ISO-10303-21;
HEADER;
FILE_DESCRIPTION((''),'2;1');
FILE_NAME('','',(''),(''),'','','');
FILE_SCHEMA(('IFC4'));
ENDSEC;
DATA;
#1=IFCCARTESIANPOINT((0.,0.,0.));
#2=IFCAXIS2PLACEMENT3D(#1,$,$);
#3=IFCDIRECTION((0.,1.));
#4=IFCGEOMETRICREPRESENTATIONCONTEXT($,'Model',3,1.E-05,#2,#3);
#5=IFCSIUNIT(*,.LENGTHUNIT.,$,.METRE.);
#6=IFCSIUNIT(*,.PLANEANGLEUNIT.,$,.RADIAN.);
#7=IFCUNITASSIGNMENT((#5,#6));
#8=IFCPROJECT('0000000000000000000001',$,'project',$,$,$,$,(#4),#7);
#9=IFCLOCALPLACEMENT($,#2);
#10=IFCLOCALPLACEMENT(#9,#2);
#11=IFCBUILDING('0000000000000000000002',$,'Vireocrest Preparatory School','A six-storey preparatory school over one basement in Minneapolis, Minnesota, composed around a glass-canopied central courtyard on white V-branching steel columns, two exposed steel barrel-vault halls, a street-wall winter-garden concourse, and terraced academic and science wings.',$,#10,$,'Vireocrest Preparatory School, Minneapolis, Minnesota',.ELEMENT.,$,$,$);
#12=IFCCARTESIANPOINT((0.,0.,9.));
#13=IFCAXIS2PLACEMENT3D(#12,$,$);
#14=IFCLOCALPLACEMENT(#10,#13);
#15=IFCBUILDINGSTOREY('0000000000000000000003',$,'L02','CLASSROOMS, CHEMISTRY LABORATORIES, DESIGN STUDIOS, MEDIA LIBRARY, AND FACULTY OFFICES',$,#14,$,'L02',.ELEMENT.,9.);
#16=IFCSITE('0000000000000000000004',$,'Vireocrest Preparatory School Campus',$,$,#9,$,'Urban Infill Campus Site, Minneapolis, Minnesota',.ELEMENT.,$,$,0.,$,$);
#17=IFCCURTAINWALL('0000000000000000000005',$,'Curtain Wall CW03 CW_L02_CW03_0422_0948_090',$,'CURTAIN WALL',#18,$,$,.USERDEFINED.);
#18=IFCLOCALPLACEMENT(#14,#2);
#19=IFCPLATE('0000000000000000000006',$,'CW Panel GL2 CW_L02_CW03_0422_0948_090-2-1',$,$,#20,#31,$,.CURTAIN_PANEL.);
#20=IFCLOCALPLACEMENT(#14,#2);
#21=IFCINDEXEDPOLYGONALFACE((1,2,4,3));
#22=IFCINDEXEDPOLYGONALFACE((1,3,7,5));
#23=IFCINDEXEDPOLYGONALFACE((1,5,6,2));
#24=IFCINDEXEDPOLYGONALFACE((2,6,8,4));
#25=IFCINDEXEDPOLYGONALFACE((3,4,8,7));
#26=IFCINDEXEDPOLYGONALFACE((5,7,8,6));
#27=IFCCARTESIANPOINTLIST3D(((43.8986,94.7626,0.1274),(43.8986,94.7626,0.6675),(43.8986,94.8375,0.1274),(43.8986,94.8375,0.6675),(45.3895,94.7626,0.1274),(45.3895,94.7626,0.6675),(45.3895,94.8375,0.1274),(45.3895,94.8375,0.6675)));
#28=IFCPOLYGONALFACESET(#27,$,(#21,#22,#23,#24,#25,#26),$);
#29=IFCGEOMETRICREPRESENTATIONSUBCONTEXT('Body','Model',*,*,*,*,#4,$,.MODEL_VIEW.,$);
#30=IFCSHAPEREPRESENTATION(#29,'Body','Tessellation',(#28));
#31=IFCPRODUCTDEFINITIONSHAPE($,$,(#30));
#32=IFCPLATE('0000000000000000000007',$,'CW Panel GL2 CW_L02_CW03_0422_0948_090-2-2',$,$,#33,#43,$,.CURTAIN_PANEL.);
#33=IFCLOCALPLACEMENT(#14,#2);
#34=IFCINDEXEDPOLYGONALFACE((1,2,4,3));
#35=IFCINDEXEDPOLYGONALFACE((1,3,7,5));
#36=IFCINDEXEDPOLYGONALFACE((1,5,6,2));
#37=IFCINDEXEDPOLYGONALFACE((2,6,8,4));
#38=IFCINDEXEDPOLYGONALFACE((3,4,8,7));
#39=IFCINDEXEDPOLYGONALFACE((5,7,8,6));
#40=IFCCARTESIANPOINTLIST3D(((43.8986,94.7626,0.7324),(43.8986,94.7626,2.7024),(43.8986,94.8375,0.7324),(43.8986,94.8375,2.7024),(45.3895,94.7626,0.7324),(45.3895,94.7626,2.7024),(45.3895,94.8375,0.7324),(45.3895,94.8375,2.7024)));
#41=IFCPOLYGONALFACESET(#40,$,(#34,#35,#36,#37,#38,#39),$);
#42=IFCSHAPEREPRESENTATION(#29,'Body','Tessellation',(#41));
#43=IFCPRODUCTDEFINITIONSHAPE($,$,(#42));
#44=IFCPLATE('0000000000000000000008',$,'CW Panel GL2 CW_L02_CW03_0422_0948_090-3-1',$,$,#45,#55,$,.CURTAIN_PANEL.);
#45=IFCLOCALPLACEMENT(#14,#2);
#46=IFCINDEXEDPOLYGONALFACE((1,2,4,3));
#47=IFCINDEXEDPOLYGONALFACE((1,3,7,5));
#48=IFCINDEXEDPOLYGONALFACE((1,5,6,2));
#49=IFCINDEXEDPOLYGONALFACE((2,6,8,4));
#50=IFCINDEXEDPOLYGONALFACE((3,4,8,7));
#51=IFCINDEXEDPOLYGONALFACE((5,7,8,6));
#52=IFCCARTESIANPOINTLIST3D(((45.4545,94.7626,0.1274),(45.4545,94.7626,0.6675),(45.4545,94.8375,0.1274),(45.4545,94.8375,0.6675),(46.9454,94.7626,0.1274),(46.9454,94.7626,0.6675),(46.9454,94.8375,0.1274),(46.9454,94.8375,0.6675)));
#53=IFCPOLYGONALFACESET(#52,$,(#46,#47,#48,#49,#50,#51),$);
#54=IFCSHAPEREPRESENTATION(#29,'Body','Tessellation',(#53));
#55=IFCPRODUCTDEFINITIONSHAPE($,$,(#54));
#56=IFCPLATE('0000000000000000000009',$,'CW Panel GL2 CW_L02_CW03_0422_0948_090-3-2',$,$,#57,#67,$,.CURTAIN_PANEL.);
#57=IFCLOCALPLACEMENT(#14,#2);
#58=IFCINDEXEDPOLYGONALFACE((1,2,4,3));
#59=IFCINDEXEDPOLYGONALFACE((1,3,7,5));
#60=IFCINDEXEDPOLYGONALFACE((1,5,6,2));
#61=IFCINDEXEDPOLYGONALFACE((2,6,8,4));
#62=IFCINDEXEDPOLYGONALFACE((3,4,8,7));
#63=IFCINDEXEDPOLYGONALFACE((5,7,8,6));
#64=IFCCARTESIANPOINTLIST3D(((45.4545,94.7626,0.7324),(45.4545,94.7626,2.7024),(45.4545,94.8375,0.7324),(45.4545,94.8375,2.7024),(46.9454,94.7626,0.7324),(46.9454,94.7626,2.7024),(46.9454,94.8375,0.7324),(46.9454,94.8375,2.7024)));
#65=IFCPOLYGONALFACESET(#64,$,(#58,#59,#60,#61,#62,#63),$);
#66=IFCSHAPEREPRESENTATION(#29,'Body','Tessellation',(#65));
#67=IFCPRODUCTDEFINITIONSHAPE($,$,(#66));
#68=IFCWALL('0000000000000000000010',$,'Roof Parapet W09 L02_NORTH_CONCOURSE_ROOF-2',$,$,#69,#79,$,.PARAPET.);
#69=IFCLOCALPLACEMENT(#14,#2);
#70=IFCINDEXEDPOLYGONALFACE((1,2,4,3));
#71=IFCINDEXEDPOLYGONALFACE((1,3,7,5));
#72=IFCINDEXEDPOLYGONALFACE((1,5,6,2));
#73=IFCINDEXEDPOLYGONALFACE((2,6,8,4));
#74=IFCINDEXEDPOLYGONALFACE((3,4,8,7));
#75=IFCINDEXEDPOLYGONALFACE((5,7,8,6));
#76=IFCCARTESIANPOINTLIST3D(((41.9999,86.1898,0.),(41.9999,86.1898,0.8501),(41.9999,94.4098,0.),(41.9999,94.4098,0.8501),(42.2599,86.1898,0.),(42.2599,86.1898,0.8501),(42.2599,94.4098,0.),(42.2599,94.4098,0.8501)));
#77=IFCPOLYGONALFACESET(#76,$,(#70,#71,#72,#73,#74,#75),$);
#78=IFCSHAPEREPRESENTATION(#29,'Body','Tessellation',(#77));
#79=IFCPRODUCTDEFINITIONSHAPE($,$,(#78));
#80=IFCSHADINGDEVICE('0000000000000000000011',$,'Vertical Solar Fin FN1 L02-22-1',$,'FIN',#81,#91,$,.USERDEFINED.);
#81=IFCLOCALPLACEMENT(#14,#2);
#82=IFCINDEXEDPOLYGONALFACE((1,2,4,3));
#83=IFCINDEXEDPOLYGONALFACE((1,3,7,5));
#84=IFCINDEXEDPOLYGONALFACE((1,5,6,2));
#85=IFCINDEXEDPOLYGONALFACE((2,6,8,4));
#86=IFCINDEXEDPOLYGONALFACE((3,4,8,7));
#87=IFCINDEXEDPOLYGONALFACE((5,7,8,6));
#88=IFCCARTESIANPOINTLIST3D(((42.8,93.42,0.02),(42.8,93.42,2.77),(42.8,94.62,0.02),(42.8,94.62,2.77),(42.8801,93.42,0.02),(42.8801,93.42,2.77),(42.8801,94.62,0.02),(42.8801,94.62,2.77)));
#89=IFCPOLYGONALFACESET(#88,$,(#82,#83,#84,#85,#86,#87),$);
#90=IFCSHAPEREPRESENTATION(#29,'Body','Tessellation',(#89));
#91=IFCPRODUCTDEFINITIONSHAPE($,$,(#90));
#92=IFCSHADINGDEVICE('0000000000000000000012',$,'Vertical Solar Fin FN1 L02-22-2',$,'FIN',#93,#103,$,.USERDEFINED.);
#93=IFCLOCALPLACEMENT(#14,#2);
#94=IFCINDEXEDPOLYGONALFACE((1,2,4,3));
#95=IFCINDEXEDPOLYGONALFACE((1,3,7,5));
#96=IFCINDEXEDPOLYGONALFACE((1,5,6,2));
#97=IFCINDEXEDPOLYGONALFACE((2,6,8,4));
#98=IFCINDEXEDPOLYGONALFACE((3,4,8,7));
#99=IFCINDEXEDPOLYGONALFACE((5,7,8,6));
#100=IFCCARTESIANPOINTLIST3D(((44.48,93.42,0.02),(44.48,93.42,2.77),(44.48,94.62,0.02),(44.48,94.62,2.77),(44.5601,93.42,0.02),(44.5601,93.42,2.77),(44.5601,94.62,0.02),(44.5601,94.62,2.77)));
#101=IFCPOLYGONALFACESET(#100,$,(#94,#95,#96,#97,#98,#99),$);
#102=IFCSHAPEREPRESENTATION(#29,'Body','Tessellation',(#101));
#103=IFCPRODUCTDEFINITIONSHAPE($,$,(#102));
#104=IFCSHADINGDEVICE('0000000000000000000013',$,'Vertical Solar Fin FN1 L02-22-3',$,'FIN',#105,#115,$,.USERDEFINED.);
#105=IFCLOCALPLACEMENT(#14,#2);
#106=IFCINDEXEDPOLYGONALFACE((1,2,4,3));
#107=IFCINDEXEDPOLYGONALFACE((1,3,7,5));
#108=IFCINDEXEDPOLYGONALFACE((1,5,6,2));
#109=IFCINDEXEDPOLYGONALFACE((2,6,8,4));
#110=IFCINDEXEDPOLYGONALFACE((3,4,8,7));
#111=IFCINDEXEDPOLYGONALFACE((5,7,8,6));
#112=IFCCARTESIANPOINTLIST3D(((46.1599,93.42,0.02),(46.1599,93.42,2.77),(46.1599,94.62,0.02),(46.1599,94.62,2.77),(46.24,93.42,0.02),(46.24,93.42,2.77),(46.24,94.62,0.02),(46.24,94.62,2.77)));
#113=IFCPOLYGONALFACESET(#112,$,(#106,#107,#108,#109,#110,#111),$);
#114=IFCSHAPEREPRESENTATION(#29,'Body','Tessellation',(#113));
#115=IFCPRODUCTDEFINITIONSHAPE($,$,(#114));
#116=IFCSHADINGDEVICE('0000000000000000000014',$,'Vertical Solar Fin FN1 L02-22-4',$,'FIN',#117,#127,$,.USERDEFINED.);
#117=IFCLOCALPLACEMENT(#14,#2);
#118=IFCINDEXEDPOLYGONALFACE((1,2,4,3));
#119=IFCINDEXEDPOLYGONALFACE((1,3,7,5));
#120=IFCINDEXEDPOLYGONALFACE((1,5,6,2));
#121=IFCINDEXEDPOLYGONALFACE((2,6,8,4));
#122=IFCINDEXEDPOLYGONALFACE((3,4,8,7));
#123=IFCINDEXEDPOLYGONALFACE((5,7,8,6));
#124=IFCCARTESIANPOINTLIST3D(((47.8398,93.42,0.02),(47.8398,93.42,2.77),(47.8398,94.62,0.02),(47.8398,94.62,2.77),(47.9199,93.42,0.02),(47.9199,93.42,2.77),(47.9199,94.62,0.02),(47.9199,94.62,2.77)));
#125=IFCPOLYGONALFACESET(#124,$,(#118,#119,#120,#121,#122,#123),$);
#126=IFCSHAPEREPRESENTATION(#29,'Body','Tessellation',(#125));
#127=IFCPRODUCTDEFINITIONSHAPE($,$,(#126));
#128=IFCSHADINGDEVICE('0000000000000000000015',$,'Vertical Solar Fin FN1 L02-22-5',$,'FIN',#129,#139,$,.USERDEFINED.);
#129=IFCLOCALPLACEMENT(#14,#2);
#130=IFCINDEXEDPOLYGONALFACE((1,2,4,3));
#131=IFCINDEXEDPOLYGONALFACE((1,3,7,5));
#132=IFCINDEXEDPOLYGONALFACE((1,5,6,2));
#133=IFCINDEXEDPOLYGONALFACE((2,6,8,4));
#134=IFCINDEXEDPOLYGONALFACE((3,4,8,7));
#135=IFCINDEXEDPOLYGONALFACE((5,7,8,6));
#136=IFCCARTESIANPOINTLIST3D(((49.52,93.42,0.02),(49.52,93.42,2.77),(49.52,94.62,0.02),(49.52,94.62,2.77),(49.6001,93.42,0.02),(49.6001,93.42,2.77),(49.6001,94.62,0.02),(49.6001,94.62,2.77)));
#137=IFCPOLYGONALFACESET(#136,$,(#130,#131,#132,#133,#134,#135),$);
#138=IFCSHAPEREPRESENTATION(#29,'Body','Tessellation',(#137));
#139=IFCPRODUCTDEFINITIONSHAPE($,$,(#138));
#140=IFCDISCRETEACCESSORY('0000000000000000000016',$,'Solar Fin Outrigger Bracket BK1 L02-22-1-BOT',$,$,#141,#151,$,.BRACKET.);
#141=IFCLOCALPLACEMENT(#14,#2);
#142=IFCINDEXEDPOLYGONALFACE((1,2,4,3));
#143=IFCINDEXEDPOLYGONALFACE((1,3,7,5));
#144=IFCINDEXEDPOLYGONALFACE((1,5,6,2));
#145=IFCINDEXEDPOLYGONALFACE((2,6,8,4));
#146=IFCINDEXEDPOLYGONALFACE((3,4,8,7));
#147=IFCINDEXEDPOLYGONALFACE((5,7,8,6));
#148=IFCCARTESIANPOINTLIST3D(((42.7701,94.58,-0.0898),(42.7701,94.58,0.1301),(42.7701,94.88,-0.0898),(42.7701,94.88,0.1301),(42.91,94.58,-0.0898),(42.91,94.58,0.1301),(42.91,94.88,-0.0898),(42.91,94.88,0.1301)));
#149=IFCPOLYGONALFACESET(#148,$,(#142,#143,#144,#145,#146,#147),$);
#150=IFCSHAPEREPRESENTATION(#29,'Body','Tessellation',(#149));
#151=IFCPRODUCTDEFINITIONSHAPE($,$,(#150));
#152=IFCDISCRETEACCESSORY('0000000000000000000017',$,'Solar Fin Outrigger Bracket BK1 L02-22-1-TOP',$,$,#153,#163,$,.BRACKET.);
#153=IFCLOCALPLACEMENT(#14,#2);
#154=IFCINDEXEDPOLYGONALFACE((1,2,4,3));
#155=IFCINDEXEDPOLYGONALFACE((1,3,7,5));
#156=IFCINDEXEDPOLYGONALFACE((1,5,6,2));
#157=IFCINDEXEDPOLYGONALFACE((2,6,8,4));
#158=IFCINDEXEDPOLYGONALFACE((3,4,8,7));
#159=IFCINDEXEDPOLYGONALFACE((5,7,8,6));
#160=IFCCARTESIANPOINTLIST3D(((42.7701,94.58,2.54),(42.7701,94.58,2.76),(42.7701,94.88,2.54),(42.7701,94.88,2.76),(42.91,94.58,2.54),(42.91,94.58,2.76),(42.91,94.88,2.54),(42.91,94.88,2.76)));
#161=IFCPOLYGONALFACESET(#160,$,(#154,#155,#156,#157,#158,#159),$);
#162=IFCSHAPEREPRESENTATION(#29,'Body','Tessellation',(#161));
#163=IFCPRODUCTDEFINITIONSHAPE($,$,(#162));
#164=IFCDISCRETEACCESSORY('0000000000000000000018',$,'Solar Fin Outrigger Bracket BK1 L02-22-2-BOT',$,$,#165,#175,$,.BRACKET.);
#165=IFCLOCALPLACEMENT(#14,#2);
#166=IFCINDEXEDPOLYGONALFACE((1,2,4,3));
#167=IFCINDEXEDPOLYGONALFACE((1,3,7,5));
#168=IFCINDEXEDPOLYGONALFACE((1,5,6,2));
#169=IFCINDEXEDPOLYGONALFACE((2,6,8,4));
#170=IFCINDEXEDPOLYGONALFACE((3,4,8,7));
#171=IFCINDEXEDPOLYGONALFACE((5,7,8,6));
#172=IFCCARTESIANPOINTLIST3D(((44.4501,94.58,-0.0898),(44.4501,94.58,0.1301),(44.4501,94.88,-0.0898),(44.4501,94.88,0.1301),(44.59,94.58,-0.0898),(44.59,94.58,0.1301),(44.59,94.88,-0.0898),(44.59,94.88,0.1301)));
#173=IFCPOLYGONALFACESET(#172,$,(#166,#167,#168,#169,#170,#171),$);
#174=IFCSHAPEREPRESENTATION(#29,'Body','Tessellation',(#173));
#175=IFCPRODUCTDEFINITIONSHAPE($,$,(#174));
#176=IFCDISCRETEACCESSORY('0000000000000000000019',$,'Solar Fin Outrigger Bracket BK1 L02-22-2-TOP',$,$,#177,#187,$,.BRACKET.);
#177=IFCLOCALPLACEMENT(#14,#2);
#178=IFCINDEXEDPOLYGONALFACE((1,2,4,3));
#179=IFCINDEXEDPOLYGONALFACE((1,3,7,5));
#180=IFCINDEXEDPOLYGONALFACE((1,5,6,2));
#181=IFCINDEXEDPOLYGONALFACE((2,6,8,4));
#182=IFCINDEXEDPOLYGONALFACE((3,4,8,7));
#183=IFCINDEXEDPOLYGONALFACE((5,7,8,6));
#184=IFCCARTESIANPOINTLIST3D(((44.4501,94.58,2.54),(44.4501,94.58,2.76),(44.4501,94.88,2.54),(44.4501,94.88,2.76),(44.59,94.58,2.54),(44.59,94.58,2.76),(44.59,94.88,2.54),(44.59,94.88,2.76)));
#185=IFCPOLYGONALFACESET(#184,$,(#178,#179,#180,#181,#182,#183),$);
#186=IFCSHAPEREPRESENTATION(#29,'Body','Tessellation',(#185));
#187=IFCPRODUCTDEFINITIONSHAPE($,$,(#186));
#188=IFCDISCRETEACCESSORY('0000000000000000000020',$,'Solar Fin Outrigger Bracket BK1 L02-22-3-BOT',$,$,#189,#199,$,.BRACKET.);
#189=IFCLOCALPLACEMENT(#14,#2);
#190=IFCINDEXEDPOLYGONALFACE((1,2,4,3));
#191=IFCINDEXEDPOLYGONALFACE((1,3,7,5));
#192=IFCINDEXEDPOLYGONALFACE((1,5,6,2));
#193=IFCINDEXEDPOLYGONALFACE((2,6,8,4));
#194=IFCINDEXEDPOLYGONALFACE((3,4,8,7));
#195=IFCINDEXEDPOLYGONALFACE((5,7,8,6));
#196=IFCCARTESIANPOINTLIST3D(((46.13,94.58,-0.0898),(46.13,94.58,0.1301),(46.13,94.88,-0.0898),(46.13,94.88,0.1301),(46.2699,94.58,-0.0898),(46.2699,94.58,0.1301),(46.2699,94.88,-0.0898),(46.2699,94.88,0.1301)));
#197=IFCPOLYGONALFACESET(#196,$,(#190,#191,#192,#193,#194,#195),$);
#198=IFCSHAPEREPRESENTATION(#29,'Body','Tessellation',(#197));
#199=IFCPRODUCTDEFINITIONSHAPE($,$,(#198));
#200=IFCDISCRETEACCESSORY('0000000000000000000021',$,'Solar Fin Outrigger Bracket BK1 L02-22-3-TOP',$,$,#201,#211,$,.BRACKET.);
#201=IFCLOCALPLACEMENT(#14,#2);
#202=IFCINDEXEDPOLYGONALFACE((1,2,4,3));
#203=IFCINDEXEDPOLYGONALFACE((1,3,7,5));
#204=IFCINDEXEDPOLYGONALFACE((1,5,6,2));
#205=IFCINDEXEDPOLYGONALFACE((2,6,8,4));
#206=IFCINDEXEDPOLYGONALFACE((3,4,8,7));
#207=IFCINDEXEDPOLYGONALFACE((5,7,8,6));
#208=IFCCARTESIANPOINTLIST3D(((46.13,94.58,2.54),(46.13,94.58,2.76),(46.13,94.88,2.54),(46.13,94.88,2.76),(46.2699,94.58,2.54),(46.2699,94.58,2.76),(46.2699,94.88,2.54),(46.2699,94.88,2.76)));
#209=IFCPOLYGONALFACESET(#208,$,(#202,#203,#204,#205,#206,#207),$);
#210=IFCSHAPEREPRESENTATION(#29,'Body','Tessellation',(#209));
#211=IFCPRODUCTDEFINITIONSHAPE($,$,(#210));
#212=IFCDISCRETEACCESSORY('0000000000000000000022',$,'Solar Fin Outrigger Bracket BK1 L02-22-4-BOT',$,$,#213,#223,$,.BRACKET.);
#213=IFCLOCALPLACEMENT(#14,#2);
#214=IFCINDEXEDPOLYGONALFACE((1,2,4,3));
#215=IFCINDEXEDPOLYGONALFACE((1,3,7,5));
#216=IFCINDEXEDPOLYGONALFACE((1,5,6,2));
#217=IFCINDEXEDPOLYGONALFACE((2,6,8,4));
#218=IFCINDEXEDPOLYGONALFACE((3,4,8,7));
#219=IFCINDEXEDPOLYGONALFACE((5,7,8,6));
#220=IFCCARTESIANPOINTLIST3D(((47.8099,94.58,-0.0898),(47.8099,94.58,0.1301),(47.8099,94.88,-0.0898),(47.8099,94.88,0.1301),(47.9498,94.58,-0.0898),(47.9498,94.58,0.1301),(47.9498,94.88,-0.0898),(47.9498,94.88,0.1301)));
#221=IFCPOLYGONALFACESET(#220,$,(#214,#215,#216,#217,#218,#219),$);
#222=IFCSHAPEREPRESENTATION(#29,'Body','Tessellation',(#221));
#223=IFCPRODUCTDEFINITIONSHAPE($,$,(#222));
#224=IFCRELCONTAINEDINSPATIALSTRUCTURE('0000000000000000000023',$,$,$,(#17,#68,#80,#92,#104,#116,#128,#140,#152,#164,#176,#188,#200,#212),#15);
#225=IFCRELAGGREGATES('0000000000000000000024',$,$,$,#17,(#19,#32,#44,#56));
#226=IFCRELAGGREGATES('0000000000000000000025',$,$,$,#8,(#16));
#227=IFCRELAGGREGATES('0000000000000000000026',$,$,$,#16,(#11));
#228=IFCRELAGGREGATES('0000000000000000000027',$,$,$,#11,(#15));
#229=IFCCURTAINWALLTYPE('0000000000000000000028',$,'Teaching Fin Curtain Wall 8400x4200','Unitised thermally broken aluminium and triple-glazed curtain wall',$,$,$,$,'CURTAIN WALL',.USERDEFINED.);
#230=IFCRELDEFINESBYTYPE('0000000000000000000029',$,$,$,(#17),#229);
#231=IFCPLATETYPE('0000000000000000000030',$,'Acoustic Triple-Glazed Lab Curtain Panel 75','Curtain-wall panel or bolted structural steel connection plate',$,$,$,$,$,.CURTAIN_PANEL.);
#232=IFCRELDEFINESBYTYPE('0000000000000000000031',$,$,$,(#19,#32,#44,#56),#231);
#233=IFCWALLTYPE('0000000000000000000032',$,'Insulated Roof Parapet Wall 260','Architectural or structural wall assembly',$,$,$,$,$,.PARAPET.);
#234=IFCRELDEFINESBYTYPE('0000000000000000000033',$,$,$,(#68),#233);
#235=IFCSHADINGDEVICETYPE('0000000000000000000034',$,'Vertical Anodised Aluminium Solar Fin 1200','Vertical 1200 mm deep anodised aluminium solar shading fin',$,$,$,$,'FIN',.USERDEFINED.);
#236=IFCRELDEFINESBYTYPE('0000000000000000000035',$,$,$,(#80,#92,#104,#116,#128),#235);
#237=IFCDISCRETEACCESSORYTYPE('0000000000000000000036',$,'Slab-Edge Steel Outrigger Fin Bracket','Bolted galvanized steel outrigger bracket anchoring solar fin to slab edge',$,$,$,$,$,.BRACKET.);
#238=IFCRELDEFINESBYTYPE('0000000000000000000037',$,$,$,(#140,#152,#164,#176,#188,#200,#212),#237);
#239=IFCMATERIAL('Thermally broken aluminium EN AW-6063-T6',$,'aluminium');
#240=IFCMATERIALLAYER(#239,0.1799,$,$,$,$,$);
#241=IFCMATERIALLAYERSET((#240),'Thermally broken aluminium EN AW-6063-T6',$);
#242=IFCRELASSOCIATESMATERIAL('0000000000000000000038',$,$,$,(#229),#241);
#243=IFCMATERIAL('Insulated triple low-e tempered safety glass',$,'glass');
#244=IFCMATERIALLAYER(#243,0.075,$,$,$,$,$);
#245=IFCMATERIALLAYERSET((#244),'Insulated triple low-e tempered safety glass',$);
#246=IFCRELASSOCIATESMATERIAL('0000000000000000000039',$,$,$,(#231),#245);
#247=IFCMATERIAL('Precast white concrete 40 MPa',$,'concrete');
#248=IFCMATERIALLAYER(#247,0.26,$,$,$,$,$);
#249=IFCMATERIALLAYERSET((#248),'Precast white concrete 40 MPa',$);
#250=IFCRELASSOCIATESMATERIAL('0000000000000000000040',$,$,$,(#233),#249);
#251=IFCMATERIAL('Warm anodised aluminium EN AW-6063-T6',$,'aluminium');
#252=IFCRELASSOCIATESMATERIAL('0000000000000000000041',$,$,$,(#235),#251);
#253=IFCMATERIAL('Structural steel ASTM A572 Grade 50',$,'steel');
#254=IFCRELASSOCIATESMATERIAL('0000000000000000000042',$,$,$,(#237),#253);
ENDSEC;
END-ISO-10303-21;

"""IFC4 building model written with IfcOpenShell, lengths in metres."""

from ifc_helpers import new_model, si_unit, direction, frame, frame_2d, origin, origin_2d, place, context, subcontext, project, spatial, rectangle, extrude, material, layer, layer_set, material_profile, profile_set, type_object, element, aggregate, save


model = new_model("IFC4")

# Units and contexts
model_context = context("Model", 3, precision=1e-05, world=origin(), true_north=direction((0.0, 1.0)))
body_context = subcontext(model_context, "Body", "Model", "MODEL_VIEW")
ifc_project = project(units=[si_unit("LENGTHUNIT", "METRE"), si_unit("PLANEANGLEUNIT", "RADIAN")], contexts=[model_context])

# Site, building, storey
site_placement = place(None, origin())
site = spatial("IfcSite", under=ifc_project, at=site_placement, Name="Vireocrest Preparatory School Campus", LongName="Urban Infill Campus Site, Minneapolis, Minnesota", CompositionType="ELEMENT", RefElevation=0.0)
building_placement = place(site_placement, origin())
building = spatial("IfcBuilding", under=site, at=building_placement, Name="Vireocrest Preparatory School", Description="A six-storey preparatory school over one basement in Minneapolis, Minnesota, composed around a glass-canopied central courtyard on white V-branching steel columns, two exposed steel barrel-vault halls, a street-wall winter-garden concourse, and terraced academic and science wings.", LongName="Vireocrest Preparatory School, Minneapolis, Minnesota", CompositionType="ELEMENT")
storey_placement = place(building_placement, frame((0.0, 0.0, 9.0)))
storey = spatial("IfcBuildingStorey", under=building, at=storey_placement, Name="L02", Description="CLASSROOMS, CHEMISTRY LABORATORIES, DESIGN STUDIOS, MEDIA LIBRARY, AND FACULTY OFFICES", LongName="L02", CompositionType="ELEMENT", Elevation=9.0)

# Curtain wall
ifc_material_1 = material(Name="Thermally broken aluminium EN AW-6063-T6", Category="aluminium")
ifc_layer_1 = layer(ifc_material_1, 0.1799)
ifc_layer_set_1 = layer_set([ifc_layer_1], Name="Thermally broken aluminium EN AW-6063-T6")
curtain_wall_type = type_object("IfcCurtainWallType", Name="Teaching Fin Curtain Wall 8400x4200", Description="Unitised thermally broken aluminium and triple-glazed curtain wall", ElementType="CURTAIN WALL", PredefinedType="USERDEFINED", material=ifc_layer_set_1)
curtain_wall_placement = place(storey_placement, origin())
curtain_wall = element("IfcCurtainWall", 1, at=curtain_wall_placement, inside=storey, type_object=curtain_wall_type, Name="Curtain Wall CW03 CW_L02_CW03_0422_0948_090", ObjectType="CURTAIN WALL", PredefinedType="USERDEFINED")

# Plates
ifc_material_2 = material(Name="Insulated triple low-e tempered safety glass", Category="glass")
ifc_layer_2 = layer(ifc_material_2, 0.075)
ifc_layer_set_2 = layer_set([ifc_layer_2], Name="Insulated triple low-e tempered safety glass")
plate_type = type_object("IfcPlateType", Name="Acoustic Triple-Glazed Lab Curtain Panel 75", Description="Curtain-wall panel or bolted structural steel connection plate", PredefinedType="CURTAIN_PANEL", material=ifc_layer_set_2)
plate_1_placement = place(storey_placement, frame((44.644, 94.8, 0.1274), z_axis=(0.0, 0.0, 1.0), x_axis=(1.0, 0.0, 0.0)))
plate_1 = element("IfcPlate", 2, at=plate_1_placement, type_object=plate_type, Name="CW Panel GL2 CW_L02_CW03_0422_0948_090-2-1", PredefinedType="CURTAIN_PANEL", context=body_context, shape_type="SweptSolid", body=[
    extrude(rectangle(XDim=1.491, YDim=0.075, at=origin_2d()), origin(), (0.0, 0.0, 1.0), 0.54),
])
plate_2_placement = place(storey_placement, frame((44.644, 94.8, 0.7324), z_axis=(0.0, 0.0, 1.0), x_axis=(1.0, 0.0, 0.0)))
plate_2 = element("IfcPlate", 3, at=plate_2_placement, type_object=plate_type, Name="CW Panel GL2 CW_L02_CW03_0422_0948_090-2-2", PredefinedType="CURTAIN_PANEL", context=body_context, shape_type="SweptSolid", body=[
    extrude(rectangle(XDim=1.491, YDim=0.075, at=origin_2d()), origin(), (0.0, 0.0, 1.0), 1.97),
])
plate_3_placement = place(storey_placement, frame((46.2, 94.8, 0.1274), z_axis=(0.0, 0.0, 1.0), x_axis=(1.0, 0.0, 0.0)))
plate_3 = element("IfcPlate", 4, at=plate_3_placement, type_object=plate_type, Name="CW Panel GL2 CW_L02_CW03_0422_0948_090-3-1", PredefinedType="CURTAIN_PANEL", context=body_context, shape_type="SweptSolid", body=[
    extrude(rectangle(XDim=1.491, YDim=0.075, at=origin_2d()), origin(), (0.0, 0.0, 1.0), 0.54),
])
plate_4_placement = place(storey_placement, frame((46.2, 94.8, 0.7324), z_axis=(0.0, 0.0, 1.0), x_axis=(1.0, 0.0, 0.0)))
plate_4 = element("IfcPlate", 5, at=plate_4_placement, type_object=plate_type, Name="CW Panel GL2 CW_L02_CW03_0422_0948_090-3-2", PredefinedType="CURTAIN_PANEL", context=body_context, shape_type="SweptSolid", body=[
    extrude(rectangle(XDim=1.491, YDim=0.075, at=origin_2d()), origin(), (0.0, 0.0, 1.0), 1.97),
])
aggregate(curtain_wall, [plate_1, plate_2, plate_3, plate_4])

# Wall
ifc_material_3 = material(Name="Precast white concrete 40 MPa", Category="concrete")
ifc_layer_3 = layer(ifc_material_3, 0.26)
ifc_layer_set_3 = layer_set([ifc_layer_3], Name="Precast white concrete 40 MPa")
wall_type = type_object("IfcWallType", Name="Insulated Roof Parapet Wall 260", Description="Architectural or structural wall assembly", PredefinedType="PARAPET", material=ifc_layer_set_3)
wall_placement = place(storey_placement, frame((42.1299, 86.1899, 0.0), z_axis=(0.0, 0.0, 1.0), x_axis=(0.0, 1.0, 0.0)))
element("IfcWall", 6, at=wall_placement, inside=storey, type_object=wall_type, Name="Roof Parapet W09 L02_NORTH_CONCOURSE_ROOF-2", PredefinedType="PARAPET", context=body_context, shape_type="SweptSolid", body=[
    extrude(rectangle(XDim=8.22, YDim=0.26, at=frame_2d((4.1099, 0.0))), origin(), (0.0, 0.0, 1.0), 0.8501),
])

# Shading devices
ifc_material_4 = material(Name="Warm anodised aluminium EN AW-6063-T6", Category="aluminium")
ifc_material_profile_1 = material_profile(ifc_material_4, rectangle(XDim=0.0801, YDim=1.2, at=origin_2d()), Name="FIN 80x1200")
ifc_profile_set_1 = profile_set([ifc_material_profile_1], Name="Warm anodised aluminium EN AW-6063-T6")
shading_device_type = type_object("IfcShadingDeviceType", Name="Vertical Anodised Aluminium Solar Fin 1200", Description="Vertical 1200 mm deep anodised aluminium solar shading fin", ElementType="FIN", PredefinedType="USERDEFINED", material=ifc_profile_set_1)
for number, where, z_axis, x_axis, name in (
    (7, (42.8401, 94.02, 0.02), (0.0, 0.0, 1.0), (-1.0, 0.0, 0.0), "Vertical Solar Fin FN1 L02-22-1"),
    (8, (44.52, 94.02, 0.02), (0.0, 0.0, 1.0), (-1.0, 0.0, 0.0), "Vertical Solar Fin FN1 L02-22-2"),
    (9, (46.2, 94.02, 0.02), (0.0, 0.0, 1.0), (-1.0, 0.0, 0.0), "Vertical Solar Fin FN1 L02-22-3"),
    (10, (47.8799, 94.02, 0.02), (0.0, 0.0, 1.0), (-1.0, 0.0, 0.0), "Vertical Solar Fin FN1 L02-22-4"),
    (11, (49.5601, 94.02, 0.02), (0.0, 0.0, 1.0), (-1.0, 0.0, 0.0), "Vertical Solar Fin FN1 L02-22-5"),
):
    element("IfcShadingDevice", number, at=place(storey_placement, frame(where, z_axis=z_axis, x_axis=x_axis)), inside=storey, type_object=shading_device_type, Name=name, ObjectType="FIN", PredefinedType="USERDEFINED", context=body_context, shape_type="SweptSolid", body=[
        extrude(rectangle(XDim=0.0801, YDim=1.2, at=origin_2d()), origin(), (0.0, 0.0, 1.0), 2.75),
    ])

# Discrete accessories
ifc_material_5 = material(Name="Structural steel ASTM A572 Grade 50", Category="steel")
discrete_accessory_type = type_object("IfcDiscreteAccessoryType", Name="Slab-Edge Steel Outrigger Fin Bracket", Description="Bolted galvanized steel outrigger bracket anchoring solar fin to slab edge", PredefinedType="BRACKET", material=ifc_material_5)
for number, where, z_axis, x_axis, name in (
    (12, (42.8401, 94.73, -0.0898), (0.0, 0.0, 1.0), (-1.0, 0.0, 0.0), "Solar Fin Outrigger Bracket BK1 L02-22-1-BOT"),
    (13, (42.8401, 94.73, 2.54), (0.0, 0.0, 1.0), (-1.0, 0.0, 0.0), "Solar Fin Outrigger Bracket BK1 L02-22-1-TOP"),
    (14, (44.52, 94.73, -0.0898), (0.0, 0.0, 1.0), (-1.0, 0.0, 0.0), "Solar Fin Outrigger Bracket BK1 L02-22-2-BOT"),
    (15, (44.52, 94.73, 2.54), (0.0, 0.0, 1.0), (-1.0, 0.0, 0.0), "Solar Fin Outrigger Bracket BK1 L02-22-2-TOP"),
    (16, (46.2, 94.73, -0.0898), (0.0, 0.0, 1.0), (-1.0, 0.0, 0.0), "Solar Fin Outrigger Bracket BK1 L02-22-3-BOT"),
    (17, (46.2, 94.73, 2.54), (0.0, 0.0, 1.0), (-1.0, 0.0, 0.0), "Solar Fin Outrigger Bracket BK1 L02-22-3-TOP"),
    (18, (47.8799, 94.73, -0.0898), (0.0, 0.0, 1.0), (-1.0, 0.0, 0.0), "Solar Fin Outrigger Bracket BK1 L02-22-4-BOT"),
):
    element("IfcDiscreteAccessory", number, at=place(storey_placement, frame(where, z_axis=z_axis, x_axis=x_axis)), inside=storey, type_object=discrete_accessory_type, Name=name, PredefinedType="BRACKET", context=body_context, shape_type="SweptSolid", body=[
        extrude(rectangle(XDim=0.1399, YDim=0.3, at=origin_2d()), origin(), (0.0, 0.0, 1.0), 0.22),
    ])

save(model, "model.ifc")
